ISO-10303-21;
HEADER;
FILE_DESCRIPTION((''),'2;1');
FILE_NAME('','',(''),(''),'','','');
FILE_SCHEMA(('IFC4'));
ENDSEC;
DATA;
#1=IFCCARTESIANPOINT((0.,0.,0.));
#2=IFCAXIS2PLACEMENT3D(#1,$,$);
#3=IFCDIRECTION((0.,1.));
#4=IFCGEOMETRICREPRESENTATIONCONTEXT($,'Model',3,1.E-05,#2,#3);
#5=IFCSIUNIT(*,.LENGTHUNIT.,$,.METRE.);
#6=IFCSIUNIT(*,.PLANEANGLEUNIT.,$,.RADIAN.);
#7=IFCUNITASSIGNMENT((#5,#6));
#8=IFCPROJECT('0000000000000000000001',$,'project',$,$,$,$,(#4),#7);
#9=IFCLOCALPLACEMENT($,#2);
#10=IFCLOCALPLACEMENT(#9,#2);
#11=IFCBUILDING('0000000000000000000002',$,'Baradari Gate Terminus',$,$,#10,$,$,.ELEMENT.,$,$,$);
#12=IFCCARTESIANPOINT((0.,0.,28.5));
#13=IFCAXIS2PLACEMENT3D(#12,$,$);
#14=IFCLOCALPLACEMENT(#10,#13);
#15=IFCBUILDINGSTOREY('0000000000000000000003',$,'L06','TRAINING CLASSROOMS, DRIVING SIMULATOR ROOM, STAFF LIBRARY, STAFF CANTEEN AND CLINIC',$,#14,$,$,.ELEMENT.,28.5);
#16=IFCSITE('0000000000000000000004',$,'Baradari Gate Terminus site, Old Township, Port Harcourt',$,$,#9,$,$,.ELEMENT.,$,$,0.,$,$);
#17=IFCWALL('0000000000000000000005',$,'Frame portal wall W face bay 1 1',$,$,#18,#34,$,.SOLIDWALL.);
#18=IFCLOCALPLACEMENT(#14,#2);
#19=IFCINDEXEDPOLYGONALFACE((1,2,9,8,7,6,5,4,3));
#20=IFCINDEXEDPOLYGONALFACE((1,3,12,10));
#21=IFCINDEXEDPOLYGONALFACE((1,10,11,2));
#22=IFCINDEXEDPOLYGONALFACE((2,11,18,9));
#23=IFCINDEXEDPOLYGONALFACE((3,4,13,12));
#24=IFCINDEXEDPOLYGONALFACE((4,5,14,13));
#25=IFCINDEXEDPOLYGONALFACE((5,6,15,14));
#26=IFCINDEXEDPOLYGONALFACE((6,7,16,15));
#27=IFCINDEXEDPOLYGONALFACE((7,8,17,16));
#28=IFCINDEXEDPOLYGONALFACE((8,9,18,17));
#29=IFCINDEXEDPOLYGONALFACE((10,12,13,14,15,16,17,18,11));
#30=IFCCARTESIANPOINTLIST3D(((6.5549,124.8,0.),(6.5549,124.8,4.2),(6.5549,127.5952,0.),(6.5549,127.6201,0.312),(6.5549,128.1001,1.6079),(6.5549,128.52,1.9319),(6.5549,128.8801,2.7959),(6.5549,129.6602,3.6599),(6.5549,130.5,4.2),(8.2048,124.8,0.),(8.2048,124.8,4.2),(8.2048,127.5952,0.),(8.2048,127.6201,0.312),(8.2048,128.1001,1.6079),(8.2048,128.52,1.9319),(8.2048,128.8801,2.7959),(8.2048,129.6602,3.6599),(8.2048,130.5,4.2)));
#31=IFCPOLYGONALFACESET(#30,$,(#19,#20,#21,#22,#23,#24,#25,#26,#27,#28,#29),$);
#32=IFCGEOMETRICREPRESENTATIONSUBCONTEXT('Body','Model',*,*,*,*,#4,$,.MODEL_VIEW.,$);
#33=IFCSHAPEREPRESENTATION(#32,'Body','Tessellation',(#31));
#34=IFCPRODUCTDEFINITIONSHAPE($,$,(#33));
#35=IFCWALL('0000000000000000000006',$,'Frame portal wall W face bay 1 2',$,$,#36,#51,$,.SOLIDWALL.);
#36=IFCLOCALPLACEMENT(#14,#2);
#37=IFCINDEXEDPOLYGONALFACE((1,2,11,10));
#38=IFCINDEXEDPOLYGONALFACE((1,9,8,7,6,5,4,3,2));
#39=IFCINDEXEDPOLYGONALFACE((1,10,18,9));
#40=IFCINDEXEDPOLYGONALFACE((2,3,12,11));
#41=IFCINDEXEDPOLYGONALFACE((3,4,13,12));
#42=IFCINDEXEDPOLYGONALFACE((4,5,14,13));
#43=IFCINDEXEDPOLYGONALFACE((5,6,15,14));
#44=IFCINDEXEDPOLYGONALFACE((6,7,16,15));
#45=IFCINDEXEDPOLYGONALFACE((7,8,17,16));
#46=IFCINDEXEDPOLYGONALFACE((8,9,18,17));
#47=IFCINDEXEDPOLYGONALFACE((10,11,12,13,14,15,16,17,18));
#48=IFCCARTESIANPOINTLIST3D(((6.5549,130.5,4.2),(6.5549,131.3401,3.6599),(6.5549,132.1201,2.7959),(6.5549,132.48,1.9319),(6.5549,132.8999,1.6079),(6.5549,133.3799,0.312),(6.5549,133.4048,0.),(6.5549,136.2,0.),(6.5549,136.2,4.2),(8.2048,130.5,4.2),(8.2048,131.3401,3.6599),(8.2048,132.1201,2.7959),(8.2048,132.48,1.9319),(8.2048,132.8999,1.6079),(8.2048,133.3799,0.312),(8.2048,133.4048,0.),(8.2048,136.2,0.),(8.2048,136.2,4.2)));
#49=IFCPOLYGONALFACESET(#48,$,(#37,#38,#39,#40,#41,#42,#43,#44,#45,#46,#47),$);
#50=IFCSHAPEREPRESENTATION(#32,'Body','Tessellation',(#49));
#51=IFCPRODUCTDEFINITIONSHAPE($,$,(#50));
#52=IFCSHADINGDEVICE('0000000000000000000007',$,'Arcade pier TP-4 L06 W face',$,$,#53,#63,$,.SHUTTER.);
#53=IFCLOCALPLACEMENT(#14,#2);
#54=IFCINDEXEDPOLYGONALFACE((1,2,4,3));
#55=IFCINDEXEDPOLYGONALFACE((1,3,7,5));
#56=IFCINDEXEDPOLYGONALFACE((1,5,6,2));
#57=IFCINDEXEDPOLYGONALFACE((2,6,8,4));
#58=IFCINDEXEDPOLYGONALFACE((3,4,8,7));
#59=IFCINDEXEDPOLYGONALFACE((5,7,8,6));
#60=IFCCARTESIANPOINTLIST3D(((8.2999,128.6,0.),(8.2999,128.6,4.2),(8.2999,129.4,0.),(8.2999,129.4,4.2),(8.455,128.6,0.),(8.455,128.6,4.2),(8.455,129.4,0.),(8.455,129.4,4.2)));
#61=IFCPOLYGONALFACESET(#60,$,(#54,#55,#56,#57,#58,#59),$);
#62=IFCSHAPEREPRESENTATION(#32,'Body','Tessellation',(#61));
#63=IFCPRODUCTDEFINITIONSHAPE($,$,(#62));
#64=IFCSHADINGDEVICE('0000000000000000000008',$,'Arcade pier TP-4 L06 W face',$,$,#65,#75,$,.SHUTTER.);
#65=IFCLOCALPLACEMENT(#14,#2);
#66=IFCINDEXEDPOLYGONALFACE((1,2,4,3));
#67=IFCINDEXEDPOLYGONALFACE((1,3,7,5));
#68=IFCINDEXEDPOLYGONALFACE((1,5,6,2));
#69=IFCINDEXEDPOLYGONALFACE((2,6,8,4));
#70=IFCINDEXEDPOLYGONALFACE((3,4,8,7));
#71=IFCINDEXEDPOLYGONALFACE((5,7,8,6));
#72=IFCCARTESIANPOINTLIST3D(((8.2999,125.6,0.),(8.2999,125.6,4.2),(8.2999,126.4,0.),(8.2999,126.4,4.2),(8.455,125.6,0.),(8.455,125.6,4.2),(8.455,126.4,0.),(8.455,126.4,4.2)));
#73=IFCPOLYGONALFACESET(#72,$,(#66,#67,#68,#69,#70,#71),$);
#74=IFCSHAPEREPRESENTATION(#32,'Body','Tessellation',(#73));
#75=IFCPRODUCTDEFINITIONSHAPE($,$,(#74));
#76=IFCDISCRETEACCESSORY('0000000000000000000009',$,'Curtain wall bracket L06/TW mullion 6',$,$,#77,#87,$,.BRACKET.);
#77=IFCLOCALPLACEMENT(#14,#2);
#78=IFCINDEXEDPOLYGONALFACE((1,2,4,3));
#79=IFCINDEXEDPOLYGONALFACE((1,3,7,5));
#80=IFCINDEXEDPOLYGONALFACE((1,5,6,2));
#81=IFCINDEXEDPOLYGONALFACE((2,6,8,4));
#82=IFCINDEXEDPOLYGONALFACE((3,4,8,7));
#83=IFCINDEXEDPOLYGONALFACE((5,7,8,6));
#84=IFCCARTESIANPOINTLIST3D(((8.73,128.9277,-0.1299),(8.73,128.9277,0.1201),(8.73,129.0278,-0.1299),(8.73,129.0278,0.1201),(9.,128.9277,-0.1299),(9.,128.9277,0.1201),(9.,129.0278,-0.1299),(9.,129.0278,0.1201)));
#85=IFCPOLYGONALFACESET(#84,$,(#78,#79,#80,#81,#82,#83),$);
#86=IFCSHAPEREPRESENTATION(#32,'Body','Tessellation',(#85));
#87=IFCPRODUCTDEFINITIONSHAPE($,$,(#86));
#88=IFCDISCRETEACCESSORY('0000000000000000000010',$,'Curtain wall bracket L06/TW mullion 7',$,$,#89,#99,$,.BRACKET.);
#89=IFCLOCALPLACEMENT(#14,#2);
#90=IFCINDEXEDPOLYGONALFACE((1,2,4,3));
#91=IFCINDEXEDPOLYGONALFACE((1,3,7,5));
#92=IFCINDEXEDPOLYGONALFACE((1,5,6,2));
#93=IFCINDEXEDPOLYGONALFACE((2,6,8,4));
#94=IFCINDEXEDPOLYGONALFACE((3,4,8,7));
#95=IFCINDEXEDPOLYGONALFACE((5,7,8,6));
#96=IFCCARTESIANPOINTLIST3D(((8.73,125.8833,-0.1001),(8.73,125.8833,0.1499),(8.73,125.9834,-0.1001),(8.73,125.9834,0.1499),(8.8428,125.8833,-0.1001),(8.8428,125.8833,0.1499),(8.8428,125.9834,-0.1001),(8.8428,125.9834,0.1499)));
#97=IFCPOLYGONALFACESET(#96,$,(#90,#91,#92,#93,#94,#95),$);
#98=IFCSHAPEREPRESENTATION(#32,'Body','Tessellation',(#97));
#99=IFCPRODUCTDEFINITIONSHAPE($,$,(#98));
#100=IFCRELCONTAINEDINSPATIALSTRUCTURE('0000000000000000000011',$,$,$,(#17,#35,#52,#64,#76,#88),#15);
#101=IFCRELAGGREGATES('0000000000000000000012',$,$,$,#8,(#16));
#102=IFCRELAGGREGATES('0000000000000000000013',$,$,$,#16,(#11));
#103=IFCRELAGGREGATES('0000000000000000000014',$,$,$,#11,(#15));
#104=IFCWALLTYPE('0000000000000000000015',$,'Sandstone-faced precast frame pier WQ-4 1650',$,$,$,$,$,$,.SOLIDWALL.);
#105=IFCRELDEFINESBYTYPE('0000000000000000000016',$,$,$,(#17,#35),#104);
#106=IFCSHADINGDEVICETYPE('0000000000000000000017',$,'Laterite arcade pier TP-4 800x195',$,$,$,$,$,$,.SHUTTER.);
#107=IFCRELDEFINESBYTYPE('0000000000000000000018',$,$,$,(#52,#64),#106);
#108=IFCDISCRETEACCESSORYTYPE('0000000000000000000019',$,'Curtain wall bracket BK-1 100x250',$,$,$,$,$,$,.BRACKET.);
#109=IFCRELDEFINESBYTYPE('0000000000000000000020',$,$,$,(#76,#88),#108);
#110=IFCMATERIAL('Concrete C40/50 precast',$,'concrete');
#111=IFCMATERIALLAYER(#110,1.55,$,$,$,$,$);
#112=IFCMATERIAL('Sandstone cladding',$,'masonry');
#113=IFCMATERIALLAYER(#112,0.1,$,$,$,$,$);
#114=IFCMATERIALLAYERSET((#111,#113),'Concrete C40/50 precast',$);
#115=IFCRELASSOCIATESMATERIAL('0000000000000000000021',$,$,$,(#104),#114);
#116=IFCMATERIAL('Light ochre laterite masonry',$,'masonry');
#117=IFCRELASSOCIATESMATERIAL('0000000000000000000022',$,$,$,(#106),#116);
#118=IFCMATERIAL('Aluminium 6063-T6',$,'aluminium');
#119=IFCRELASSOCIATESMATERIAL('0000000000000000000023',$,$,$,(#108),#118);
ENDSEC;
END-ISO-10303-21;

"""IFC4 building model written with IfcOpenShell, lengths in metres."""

from ifc_helpers import new_model, si_unit, direction, frame, origin, origin_2d, place, context, subcontext, project, spatial, polyline, rectangle, outline, extrude, material, layer, layer_set, type_object, element, save


model = new_model("IFC4")

# Units and contexts
model_context = context("Model", 3, precision=1e-05, world=origin(), true_north=direction((0.0, 1.0)))
body_context = subcontext(model_context, "Body", "Model", "MODEL_VIEW")
ifc_project = project(units=[si_unit("LENGTHUNIT", "METRE"), si_unit("PLANEANGLEUNIT", "RADIAN")], contexts=[model_context])

# Site, building, storey
site_placement = place(None, origin())
site = spatial("IfcSite", under=ifc_project, at=site_placement, Name="Baradari Gate Terminus site, Old Township, Port Harcourt", CompositionType="ELEMENT", RefElevation=0.0)
building_placement = place(site_placement, origin())
building = spatial("IfcBuilding", under=site, at=building_placement, Name="Baradari Gate Terminus", CompositionType="ELEMENT")
storey_placement = place(building_placement, frame((0.0, 0.0, 28.5)))
storey = spatial("IfcBuildingStorey", under=building, at=storey_placement, Name="L06", Description="TRAINING CLASSROOMS, DRIVING SIMULATOR ROOM, STAFF LIBRARY, STAFF CANTEEN AND CLINIC", CompositionType="ELEMENT", Elevation=28.5)

# Walls
ifc_material_1 = material(Name="Concrete C40/50 precast", Category="concrete")
ifc_layer_1 = layer(ifc_material_1, 1.55)
ifc_material_2 = material(Name="Sandstone cladding", Category="masonry")
ifc_layer_2 = layer(ifc_material_2, 0.1)
ifc_layer_set_1 = layer_set([ifc_layer_1, ifc_layer_2], Name="Concrete C40/50 precast")
wall_type = type_object("IfcWallType", Name="Sandstone-faced precast frame pier WQ-4 1650", PredefinedType="SOLIDWALL", material=ifc_layer_set_1)
wall_1_placement = place(storey_placement, frame((7.3799, 124.8, 0.0), z_axis=(0.0, 0.0, 1.0), x_axis=(0.0, 1.0, 0.0)))
element("IfcWall", 1, at=wall_1_placement, inside=storey, type_object=wall_type, Name="Frame portal wall W face bay 1 1", PredefinedType="SOLIDWALL", context=body_context, shape_type="SweptSolid", body=[
    extrude(outline(polyline([(2.7952, 0.0), (2.8201, 0.312), (3.3, 1.6079), (3.72, 1.9319), (4.0801, 2.7959), (4.8601, 3.6599), (5.7, 4.2), (0.0, 4.2), (0.0, 0.0), (2.7952, 0.0)])), frame((0.0, 0.825, 0.0), z_axis=(0.0, -1.0, 0.0), x_axis=(1.0, 0.0, 0.0)), (0.0, 0.0, 1.0), 1.6499),
])
wall_2_placement = place(storey_placement, frame((7.3799, 130.5, 0.0), z_axis=(0.0, 0.0, 1.0), x_axis=(0.0, 1.0, 0.0)))
element("IfcWall", 2, at=wall_2_placement, inside=storey, type_object=wall_type, Name="Frame portal wall W face bay 1 2", PredefinedType="SOLIDWALL", context=body_context, shape_type="SweptSolid", body=[
    extrude(outline(polyline([(0.0, 4.2), (0.8401, 3.6599), (1.6201, 2.7959), (1.98, 1.9319), (2.3999, 1.6079), (2.8799, 0.312), (2.9048, 0.0), (5.7, 0.0), (5.7, 4.2), (0.0, 4.2)])), frame((0.0, 0.825, 0.0), z_axis=(0.0, -1.0, 0.0), x_axis=(1.0, 0.0, 0.0)), (0.0, 0.0, 1.0), 1.6499),
])

# Shading devices
ifc_material_3 = material(Name="Light ochre laterite masonry", Category="masonry")
shading_device_type = type_object("IfcShadingDeviceType", Name="Laterite arcade pier TP-4 800x195", PredefinedType="SHUTTER", material=ifc_material_3)
for number, where, z_axis, x_axis, name in (
    (3, (8.3774, 129.0, 0.0), (0.0, 0.0, 1.0), (0.0, -1.0, 0.0), "Arcade pier TP-4 L06 W face"),
    (4, (8.3774, 126.0, 0.0), (0.0, 0.0, 1.0), (0.0, -1.0, 0.0), "Arcade pier TP-4 L06 W face"),
):
    element("IfcShadingDevice", number, at=place(storey_placement, frame(where, z_axis=z_axis, x_axis=x_axis)), inside=storey, type_object=shading_device_type, Name=name, PredefinedType="SHUTTER", context=body_context, shape_type="SweptSolid", body=[
        extrude(rectangle(XDim=0.8, YDim=0.155, at=origin_2d()), origin(), (0.0, 0.0, 1.0), 4.2),
    ])

# Discrete accessories
ifc_material_4 = material(Name="Aluminium 6063-T6", Category="aluminium")
discrete_accessory_type = type_object("IfcDiscreteAccessoryType", Name="Curtain wall bracket BK-1 100x250", PredefinedType="BRACKET", material=ifc_material_4)
discrete_accessory_1_placement = place(storey_placement, frame((8.865, 128.9778, -0.1299), z_axis=(0.0, 0.0, 1.0), x_axis=(-1.0, 0.0, 0.0)))
element("IfcDiscreteAccessory", 5, at=discrete_accessory_1_placement, inside=storey, type_object=discrete_accessory_type, Name="Curtain wall bracket L06/TW mullion 6", PredefinedType="BRACKET", context=body_context, shape_type="SweptSolid", body=[
    extrude(rectangle(XDim=0.27, YDim=0.1001, at=origin_2d()), origin(), (0.0, 0.0, 1.0), 0.25),
])
discrete_accessory_2_placement = place(storey_placement, frame((8.7864, 125.9333, -0.1001), z_axis=(0.0, 0.0, 1.0), x_axis=(-1.0, 0.0, 0.0)))
element("IfcDiscreteAccessory", 6, at=discrete_accessory_2_placement, inside=storey, type_object=discrete_accessory_type, Name="Curtain wall bracket L06/TW mullion 7", PredefinedType="BRACKET", context=body_context, shape_type="SweptSolid", body=[
    extrude(rectangle(XDim=0.1128, YDim=0.1001, at=origin_2d()), origin(), (0.0, 0.0, 1.0), 0.25),
])

save(model, "model.ifc")
